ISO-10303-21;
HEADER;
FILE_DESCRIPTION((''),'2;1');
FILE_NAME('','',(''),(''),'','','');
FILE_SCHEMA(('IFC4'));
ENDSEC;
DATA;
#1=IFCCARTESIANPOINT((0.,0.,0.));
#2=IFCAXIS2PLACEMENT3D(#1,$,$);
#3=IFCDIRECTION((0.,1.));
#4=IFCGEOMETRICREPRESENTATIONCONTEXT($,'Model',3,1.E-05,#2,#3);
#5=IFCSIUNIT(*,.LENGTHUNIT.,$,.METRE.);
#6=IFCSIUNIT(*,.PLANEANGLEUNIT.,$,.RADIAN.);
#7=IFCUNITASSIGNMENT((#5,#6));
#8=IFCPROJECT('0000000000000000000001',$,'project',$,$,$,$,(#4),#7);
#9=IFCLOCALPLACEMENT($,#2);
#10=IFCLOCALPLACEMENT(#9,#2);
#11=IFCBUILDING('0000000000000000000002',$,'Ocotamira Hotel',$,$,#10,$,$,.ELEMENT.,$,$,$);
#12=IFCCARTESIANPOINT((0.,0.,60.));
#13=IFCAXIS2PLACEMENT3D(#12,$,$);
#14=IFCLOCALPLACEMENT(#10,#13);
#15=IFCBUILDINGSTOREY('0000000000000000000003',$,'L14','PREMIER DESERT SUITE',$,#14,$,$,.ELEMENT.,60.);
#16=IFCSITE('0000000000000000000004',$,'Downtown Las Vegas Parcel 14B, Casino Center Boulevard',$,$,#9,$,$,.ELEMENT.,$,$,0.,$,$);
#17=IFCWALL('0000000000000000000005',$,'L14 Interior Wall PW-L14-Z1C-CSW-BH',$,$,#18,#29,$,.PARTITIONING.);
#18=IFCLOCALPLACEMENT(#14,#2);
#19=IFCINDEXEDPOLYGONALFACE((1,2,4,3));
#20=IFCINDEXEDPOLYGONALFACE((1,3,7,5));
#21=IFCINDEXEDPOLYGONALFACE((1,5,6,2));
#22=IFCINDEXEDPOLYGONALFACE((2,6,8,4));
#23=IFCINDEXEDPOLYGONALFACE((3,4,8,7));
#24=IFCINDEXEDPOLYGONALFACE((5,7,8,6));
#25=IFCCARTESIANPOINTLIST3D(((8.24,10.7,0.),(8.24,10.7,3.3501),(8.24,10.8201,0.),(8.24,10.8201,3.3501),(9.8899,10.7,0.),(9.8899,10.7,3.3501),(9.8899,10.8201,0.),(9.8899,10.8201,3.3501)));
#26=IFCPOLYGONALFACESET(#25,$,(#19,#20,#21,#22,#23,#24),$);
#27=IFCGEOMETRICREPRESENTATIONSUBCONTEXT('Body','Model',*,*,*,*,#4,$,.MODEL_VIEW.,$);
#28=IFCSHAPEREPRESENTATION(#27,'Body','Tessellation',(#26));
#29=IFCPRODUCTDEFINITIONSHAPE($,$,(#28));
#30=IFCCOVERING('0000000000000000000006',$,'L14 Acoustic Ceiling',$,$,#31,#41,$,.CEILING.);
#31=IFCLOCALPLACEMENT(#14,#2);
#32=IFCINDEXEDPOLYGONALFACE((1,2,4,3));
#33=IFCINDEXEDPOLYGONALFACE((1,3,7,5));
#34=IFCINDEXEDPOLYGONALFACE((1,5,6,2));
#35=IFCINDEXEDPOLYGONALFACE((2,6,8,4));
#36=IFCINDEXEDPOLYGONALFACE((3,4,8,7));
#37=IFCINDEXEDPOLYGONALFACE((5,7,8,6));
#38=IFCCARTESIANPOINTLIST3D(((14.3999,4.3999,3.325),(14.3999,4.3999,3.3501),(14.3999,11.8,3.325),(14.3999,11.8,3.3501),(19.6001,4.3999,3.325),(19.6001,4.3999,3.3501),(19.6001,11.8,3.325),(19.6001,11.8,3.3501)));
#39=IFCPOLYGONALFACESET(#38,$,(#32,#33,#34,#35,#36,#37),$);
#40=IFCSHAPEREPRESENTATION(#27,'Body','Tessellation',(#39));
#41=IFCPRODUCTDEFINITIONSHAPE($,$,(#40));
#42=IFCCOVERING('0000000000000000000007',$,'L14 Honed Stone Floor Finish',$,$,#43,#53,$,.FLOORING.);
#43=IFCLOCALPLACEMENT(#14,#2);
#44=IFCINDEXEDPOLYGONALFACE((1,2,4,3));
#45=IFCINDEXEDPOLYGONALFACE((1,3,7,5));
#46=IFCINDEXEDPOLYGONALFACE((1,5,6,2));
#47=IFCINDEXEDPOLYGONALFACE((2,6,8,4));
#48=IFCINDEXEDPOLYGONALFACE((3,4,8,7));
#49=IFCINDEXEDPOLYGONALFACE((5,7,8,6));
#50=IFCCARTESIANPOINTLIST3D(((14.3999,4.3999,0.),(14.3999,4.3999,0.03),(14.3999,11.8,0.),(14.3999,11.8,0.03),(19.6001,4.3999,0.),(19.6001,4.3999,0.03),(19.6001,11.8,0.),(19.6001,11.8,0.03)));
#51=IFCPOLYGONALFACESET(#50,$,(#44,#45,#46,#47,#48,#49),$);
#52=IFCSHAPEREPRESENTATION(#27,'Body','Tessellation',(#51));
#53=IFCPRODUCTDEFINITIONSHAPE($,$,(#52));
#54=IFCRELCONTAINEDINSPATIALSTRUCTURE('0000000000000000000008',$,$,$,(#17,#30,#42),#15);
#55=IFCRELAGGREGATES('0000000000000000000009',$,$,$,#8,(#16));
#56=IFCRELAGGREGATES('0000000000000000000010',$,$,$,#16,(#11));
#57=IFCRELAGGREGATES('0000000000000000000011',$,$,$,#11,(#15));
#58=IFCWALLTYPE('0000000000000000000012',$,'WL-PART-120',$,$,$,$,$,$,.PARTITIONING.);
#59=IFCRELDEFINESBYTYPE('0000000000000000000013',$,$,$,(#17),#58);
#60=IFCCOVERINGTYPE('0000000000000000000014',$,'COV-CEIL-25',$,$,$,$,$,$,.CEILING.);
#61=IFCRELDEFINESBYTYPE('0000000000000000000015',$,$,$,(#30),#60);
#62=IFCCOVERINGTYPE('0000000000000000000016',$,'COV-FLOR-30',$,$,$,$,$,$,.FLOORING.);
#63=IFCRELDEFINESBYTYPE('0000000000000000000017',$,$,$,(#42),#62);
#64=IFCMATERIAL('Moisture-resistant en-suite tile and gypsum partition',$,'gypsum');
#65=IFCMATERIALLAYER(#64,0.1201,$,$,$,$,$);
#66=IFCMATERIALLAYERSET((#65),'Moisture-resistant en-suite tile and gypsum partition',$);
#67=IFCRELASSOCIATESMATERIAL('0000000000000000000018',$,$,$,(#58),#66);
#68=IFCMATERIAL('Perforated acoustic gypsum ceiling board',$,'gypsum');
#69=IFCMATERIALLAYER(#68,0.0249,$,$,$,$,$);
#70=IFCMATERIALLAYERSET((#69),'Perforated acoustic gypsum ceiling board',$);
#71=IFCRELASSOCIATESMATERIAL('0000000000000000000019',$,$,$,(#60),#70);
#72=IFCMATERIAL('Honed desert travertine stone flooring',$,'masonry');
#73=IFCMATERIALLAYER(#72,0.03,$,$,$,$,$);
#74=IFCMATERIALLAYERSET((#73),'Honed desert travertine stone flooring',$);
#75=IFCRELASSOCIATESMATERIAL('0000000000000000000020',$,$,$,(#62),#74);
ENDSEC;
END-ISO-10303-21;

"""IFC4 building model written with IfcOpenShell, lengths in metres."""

from ifc_helpers import new_model, si_unit, direction, frame, frame_2d, origin, place, context, subcontext, project, spatial, polyline, rectangle, outline, extrude, material, layer, layer_set, type_object, element, save


model = new_model("IFC4")

# Units and contexts
model_context = context("Model", 3, precision=1e-05, world=origin(), true_north=direction((0.0, 1.0)))
body_context = subcontext(model_context, "Body", "Model", "MODEL_VIEW")
ifc_project = project(units=[si_unit("LENGTHUNIT", "METRE"), si_unit("PLANEANGLEUNIT", "RADIAN")], contexts=[model_context])

# Site, building, storey
site_placement = place(None, origin())
site = spatial("IfcSite", under=ifc_project, at=site_placement, Name="Downtown Las Vegas Parcel 14B, Casino Center Boulevard", CompositionType="ELEMENT", RefElevation=0.0)
building_placement = place(site_placement, origin())
building = spatial("IfcBuilding", under=site, at=building_placement, Name="Ocotamira Hotel", CompositionType="ELEMENT")
storey_placement = place(building_placement, frame((0.0, 0.0, 60.0)))
storey = spatial("IfcBuildingStorey", under=building, at=storey_placement, Name="L14", Description="PREMIER DESERT SUITE", CompositionType="ELEMENT", Elevation=60.0)

# Shared definitions
ifc_material_1 = material(Name="Moisture-resistant en-suite tile and gypsum partition", Category="gypsum")
ifc_layer_1 = layer(ifc_material_1, 0.1201)
ifc_layer_set_1 = layer_set([ifc_layer_1], Name="Moisture-resistant en-suite tile and gypsum partition")
wall_type_1 = type_object("IfcWallType", Name="WL-PART-120", PredefinedType="PARTITIONING", material=ifc_layer_set_1)

# Wall
wall_1_placement = place(storey_placement, frame((8.24, 10.76, 0.0), z_axis=(0.0, 0.0, 1.0), x_axis=(1.0, 0.0, 0.0)))
element("IfcWall", 1, at=wall_1_placement, inside=storey, type_object=wall_type_1, Name="L14 Interior Wall PW-L14-Z1C-CSW-BH", PredefinedType="PARTITIONING", context=body_context, shape_type="SweptSolid", body=[
    extrude(rectangle(XDim=1.6499, YDim=0.1201, at=frame_2d((0.825, 0.0))), origin(), (0.0, 0.0, 1.0), 3.3501),
])

# Coverings
ifc_material_2 = material(Name="Perforated acoustic gypsum ceiling board", Category="gypsum")
ifc_layer_2 = layer(ifc_material_2, 0.0249)
ifc_layer_set_2 = layer_set([ifc_layer_2], Name="Perforated acoustic gypsum ceiling board")
covering_type_1 = type_object("IfcCoveringType", Name="COV-CEIL-25", PredefinedType="CEILING", material=ifc_layer_set_2)
covering_1_placement = place(storey_placement, frame((0.0, 0.0, 3.325)))
element("IfcCovering", 2, at=covering_1_placement, inside=storey, type_object=covering_type_1, Name="L14 Acoustic Ceiling", PredefinedType="CEILING", context=body_context, shape_type="SweptSolid", body=[
    extrude(outline(polyline([(14.3999, 4.3999), (19.6001, 4.3999), (19.6001, 11.8), (14.3999, 11.8), (14.3999, 4.3999)])), origin(), (0.0, 0.0, 1.0), 0.0251),
])
ifc_material_3 = material(Name="Honed desert travertine stone flooring", Category="masonry")
ifc_layer_3 = layer(ifc_material_3, 0.03)
ifc_layer_set_3 = layer_set([ifc_layer_3], Name="Honed desert travertine stone flooring")
covering_type_2 = type_object("IfcCoveringType", Name="COV-FLOR-30", PredefinedType="FLOORING", material=ifc_layer_set_3)
covering_2_placement = place(storey_placement, origin())
element("IfcCovering", 3, at=covering_2_placement, inside=storey, type_object=covering_type_2, Name="L14 Honed Stone Floor Finish", PredefinedType="FLOORING", context=body_context, shape_type="SweptSolid", body=[
    extrude(outline(polyline([(14.3999, 4.3999), (19.6001, 4.3999), (19.6001, 11.8), (14.3999, 11.8), (14.3999, 4.3999)])), origin(), (0.0, 0.0, 1.0), 0.03),
])

save(model, "model.ifc")
